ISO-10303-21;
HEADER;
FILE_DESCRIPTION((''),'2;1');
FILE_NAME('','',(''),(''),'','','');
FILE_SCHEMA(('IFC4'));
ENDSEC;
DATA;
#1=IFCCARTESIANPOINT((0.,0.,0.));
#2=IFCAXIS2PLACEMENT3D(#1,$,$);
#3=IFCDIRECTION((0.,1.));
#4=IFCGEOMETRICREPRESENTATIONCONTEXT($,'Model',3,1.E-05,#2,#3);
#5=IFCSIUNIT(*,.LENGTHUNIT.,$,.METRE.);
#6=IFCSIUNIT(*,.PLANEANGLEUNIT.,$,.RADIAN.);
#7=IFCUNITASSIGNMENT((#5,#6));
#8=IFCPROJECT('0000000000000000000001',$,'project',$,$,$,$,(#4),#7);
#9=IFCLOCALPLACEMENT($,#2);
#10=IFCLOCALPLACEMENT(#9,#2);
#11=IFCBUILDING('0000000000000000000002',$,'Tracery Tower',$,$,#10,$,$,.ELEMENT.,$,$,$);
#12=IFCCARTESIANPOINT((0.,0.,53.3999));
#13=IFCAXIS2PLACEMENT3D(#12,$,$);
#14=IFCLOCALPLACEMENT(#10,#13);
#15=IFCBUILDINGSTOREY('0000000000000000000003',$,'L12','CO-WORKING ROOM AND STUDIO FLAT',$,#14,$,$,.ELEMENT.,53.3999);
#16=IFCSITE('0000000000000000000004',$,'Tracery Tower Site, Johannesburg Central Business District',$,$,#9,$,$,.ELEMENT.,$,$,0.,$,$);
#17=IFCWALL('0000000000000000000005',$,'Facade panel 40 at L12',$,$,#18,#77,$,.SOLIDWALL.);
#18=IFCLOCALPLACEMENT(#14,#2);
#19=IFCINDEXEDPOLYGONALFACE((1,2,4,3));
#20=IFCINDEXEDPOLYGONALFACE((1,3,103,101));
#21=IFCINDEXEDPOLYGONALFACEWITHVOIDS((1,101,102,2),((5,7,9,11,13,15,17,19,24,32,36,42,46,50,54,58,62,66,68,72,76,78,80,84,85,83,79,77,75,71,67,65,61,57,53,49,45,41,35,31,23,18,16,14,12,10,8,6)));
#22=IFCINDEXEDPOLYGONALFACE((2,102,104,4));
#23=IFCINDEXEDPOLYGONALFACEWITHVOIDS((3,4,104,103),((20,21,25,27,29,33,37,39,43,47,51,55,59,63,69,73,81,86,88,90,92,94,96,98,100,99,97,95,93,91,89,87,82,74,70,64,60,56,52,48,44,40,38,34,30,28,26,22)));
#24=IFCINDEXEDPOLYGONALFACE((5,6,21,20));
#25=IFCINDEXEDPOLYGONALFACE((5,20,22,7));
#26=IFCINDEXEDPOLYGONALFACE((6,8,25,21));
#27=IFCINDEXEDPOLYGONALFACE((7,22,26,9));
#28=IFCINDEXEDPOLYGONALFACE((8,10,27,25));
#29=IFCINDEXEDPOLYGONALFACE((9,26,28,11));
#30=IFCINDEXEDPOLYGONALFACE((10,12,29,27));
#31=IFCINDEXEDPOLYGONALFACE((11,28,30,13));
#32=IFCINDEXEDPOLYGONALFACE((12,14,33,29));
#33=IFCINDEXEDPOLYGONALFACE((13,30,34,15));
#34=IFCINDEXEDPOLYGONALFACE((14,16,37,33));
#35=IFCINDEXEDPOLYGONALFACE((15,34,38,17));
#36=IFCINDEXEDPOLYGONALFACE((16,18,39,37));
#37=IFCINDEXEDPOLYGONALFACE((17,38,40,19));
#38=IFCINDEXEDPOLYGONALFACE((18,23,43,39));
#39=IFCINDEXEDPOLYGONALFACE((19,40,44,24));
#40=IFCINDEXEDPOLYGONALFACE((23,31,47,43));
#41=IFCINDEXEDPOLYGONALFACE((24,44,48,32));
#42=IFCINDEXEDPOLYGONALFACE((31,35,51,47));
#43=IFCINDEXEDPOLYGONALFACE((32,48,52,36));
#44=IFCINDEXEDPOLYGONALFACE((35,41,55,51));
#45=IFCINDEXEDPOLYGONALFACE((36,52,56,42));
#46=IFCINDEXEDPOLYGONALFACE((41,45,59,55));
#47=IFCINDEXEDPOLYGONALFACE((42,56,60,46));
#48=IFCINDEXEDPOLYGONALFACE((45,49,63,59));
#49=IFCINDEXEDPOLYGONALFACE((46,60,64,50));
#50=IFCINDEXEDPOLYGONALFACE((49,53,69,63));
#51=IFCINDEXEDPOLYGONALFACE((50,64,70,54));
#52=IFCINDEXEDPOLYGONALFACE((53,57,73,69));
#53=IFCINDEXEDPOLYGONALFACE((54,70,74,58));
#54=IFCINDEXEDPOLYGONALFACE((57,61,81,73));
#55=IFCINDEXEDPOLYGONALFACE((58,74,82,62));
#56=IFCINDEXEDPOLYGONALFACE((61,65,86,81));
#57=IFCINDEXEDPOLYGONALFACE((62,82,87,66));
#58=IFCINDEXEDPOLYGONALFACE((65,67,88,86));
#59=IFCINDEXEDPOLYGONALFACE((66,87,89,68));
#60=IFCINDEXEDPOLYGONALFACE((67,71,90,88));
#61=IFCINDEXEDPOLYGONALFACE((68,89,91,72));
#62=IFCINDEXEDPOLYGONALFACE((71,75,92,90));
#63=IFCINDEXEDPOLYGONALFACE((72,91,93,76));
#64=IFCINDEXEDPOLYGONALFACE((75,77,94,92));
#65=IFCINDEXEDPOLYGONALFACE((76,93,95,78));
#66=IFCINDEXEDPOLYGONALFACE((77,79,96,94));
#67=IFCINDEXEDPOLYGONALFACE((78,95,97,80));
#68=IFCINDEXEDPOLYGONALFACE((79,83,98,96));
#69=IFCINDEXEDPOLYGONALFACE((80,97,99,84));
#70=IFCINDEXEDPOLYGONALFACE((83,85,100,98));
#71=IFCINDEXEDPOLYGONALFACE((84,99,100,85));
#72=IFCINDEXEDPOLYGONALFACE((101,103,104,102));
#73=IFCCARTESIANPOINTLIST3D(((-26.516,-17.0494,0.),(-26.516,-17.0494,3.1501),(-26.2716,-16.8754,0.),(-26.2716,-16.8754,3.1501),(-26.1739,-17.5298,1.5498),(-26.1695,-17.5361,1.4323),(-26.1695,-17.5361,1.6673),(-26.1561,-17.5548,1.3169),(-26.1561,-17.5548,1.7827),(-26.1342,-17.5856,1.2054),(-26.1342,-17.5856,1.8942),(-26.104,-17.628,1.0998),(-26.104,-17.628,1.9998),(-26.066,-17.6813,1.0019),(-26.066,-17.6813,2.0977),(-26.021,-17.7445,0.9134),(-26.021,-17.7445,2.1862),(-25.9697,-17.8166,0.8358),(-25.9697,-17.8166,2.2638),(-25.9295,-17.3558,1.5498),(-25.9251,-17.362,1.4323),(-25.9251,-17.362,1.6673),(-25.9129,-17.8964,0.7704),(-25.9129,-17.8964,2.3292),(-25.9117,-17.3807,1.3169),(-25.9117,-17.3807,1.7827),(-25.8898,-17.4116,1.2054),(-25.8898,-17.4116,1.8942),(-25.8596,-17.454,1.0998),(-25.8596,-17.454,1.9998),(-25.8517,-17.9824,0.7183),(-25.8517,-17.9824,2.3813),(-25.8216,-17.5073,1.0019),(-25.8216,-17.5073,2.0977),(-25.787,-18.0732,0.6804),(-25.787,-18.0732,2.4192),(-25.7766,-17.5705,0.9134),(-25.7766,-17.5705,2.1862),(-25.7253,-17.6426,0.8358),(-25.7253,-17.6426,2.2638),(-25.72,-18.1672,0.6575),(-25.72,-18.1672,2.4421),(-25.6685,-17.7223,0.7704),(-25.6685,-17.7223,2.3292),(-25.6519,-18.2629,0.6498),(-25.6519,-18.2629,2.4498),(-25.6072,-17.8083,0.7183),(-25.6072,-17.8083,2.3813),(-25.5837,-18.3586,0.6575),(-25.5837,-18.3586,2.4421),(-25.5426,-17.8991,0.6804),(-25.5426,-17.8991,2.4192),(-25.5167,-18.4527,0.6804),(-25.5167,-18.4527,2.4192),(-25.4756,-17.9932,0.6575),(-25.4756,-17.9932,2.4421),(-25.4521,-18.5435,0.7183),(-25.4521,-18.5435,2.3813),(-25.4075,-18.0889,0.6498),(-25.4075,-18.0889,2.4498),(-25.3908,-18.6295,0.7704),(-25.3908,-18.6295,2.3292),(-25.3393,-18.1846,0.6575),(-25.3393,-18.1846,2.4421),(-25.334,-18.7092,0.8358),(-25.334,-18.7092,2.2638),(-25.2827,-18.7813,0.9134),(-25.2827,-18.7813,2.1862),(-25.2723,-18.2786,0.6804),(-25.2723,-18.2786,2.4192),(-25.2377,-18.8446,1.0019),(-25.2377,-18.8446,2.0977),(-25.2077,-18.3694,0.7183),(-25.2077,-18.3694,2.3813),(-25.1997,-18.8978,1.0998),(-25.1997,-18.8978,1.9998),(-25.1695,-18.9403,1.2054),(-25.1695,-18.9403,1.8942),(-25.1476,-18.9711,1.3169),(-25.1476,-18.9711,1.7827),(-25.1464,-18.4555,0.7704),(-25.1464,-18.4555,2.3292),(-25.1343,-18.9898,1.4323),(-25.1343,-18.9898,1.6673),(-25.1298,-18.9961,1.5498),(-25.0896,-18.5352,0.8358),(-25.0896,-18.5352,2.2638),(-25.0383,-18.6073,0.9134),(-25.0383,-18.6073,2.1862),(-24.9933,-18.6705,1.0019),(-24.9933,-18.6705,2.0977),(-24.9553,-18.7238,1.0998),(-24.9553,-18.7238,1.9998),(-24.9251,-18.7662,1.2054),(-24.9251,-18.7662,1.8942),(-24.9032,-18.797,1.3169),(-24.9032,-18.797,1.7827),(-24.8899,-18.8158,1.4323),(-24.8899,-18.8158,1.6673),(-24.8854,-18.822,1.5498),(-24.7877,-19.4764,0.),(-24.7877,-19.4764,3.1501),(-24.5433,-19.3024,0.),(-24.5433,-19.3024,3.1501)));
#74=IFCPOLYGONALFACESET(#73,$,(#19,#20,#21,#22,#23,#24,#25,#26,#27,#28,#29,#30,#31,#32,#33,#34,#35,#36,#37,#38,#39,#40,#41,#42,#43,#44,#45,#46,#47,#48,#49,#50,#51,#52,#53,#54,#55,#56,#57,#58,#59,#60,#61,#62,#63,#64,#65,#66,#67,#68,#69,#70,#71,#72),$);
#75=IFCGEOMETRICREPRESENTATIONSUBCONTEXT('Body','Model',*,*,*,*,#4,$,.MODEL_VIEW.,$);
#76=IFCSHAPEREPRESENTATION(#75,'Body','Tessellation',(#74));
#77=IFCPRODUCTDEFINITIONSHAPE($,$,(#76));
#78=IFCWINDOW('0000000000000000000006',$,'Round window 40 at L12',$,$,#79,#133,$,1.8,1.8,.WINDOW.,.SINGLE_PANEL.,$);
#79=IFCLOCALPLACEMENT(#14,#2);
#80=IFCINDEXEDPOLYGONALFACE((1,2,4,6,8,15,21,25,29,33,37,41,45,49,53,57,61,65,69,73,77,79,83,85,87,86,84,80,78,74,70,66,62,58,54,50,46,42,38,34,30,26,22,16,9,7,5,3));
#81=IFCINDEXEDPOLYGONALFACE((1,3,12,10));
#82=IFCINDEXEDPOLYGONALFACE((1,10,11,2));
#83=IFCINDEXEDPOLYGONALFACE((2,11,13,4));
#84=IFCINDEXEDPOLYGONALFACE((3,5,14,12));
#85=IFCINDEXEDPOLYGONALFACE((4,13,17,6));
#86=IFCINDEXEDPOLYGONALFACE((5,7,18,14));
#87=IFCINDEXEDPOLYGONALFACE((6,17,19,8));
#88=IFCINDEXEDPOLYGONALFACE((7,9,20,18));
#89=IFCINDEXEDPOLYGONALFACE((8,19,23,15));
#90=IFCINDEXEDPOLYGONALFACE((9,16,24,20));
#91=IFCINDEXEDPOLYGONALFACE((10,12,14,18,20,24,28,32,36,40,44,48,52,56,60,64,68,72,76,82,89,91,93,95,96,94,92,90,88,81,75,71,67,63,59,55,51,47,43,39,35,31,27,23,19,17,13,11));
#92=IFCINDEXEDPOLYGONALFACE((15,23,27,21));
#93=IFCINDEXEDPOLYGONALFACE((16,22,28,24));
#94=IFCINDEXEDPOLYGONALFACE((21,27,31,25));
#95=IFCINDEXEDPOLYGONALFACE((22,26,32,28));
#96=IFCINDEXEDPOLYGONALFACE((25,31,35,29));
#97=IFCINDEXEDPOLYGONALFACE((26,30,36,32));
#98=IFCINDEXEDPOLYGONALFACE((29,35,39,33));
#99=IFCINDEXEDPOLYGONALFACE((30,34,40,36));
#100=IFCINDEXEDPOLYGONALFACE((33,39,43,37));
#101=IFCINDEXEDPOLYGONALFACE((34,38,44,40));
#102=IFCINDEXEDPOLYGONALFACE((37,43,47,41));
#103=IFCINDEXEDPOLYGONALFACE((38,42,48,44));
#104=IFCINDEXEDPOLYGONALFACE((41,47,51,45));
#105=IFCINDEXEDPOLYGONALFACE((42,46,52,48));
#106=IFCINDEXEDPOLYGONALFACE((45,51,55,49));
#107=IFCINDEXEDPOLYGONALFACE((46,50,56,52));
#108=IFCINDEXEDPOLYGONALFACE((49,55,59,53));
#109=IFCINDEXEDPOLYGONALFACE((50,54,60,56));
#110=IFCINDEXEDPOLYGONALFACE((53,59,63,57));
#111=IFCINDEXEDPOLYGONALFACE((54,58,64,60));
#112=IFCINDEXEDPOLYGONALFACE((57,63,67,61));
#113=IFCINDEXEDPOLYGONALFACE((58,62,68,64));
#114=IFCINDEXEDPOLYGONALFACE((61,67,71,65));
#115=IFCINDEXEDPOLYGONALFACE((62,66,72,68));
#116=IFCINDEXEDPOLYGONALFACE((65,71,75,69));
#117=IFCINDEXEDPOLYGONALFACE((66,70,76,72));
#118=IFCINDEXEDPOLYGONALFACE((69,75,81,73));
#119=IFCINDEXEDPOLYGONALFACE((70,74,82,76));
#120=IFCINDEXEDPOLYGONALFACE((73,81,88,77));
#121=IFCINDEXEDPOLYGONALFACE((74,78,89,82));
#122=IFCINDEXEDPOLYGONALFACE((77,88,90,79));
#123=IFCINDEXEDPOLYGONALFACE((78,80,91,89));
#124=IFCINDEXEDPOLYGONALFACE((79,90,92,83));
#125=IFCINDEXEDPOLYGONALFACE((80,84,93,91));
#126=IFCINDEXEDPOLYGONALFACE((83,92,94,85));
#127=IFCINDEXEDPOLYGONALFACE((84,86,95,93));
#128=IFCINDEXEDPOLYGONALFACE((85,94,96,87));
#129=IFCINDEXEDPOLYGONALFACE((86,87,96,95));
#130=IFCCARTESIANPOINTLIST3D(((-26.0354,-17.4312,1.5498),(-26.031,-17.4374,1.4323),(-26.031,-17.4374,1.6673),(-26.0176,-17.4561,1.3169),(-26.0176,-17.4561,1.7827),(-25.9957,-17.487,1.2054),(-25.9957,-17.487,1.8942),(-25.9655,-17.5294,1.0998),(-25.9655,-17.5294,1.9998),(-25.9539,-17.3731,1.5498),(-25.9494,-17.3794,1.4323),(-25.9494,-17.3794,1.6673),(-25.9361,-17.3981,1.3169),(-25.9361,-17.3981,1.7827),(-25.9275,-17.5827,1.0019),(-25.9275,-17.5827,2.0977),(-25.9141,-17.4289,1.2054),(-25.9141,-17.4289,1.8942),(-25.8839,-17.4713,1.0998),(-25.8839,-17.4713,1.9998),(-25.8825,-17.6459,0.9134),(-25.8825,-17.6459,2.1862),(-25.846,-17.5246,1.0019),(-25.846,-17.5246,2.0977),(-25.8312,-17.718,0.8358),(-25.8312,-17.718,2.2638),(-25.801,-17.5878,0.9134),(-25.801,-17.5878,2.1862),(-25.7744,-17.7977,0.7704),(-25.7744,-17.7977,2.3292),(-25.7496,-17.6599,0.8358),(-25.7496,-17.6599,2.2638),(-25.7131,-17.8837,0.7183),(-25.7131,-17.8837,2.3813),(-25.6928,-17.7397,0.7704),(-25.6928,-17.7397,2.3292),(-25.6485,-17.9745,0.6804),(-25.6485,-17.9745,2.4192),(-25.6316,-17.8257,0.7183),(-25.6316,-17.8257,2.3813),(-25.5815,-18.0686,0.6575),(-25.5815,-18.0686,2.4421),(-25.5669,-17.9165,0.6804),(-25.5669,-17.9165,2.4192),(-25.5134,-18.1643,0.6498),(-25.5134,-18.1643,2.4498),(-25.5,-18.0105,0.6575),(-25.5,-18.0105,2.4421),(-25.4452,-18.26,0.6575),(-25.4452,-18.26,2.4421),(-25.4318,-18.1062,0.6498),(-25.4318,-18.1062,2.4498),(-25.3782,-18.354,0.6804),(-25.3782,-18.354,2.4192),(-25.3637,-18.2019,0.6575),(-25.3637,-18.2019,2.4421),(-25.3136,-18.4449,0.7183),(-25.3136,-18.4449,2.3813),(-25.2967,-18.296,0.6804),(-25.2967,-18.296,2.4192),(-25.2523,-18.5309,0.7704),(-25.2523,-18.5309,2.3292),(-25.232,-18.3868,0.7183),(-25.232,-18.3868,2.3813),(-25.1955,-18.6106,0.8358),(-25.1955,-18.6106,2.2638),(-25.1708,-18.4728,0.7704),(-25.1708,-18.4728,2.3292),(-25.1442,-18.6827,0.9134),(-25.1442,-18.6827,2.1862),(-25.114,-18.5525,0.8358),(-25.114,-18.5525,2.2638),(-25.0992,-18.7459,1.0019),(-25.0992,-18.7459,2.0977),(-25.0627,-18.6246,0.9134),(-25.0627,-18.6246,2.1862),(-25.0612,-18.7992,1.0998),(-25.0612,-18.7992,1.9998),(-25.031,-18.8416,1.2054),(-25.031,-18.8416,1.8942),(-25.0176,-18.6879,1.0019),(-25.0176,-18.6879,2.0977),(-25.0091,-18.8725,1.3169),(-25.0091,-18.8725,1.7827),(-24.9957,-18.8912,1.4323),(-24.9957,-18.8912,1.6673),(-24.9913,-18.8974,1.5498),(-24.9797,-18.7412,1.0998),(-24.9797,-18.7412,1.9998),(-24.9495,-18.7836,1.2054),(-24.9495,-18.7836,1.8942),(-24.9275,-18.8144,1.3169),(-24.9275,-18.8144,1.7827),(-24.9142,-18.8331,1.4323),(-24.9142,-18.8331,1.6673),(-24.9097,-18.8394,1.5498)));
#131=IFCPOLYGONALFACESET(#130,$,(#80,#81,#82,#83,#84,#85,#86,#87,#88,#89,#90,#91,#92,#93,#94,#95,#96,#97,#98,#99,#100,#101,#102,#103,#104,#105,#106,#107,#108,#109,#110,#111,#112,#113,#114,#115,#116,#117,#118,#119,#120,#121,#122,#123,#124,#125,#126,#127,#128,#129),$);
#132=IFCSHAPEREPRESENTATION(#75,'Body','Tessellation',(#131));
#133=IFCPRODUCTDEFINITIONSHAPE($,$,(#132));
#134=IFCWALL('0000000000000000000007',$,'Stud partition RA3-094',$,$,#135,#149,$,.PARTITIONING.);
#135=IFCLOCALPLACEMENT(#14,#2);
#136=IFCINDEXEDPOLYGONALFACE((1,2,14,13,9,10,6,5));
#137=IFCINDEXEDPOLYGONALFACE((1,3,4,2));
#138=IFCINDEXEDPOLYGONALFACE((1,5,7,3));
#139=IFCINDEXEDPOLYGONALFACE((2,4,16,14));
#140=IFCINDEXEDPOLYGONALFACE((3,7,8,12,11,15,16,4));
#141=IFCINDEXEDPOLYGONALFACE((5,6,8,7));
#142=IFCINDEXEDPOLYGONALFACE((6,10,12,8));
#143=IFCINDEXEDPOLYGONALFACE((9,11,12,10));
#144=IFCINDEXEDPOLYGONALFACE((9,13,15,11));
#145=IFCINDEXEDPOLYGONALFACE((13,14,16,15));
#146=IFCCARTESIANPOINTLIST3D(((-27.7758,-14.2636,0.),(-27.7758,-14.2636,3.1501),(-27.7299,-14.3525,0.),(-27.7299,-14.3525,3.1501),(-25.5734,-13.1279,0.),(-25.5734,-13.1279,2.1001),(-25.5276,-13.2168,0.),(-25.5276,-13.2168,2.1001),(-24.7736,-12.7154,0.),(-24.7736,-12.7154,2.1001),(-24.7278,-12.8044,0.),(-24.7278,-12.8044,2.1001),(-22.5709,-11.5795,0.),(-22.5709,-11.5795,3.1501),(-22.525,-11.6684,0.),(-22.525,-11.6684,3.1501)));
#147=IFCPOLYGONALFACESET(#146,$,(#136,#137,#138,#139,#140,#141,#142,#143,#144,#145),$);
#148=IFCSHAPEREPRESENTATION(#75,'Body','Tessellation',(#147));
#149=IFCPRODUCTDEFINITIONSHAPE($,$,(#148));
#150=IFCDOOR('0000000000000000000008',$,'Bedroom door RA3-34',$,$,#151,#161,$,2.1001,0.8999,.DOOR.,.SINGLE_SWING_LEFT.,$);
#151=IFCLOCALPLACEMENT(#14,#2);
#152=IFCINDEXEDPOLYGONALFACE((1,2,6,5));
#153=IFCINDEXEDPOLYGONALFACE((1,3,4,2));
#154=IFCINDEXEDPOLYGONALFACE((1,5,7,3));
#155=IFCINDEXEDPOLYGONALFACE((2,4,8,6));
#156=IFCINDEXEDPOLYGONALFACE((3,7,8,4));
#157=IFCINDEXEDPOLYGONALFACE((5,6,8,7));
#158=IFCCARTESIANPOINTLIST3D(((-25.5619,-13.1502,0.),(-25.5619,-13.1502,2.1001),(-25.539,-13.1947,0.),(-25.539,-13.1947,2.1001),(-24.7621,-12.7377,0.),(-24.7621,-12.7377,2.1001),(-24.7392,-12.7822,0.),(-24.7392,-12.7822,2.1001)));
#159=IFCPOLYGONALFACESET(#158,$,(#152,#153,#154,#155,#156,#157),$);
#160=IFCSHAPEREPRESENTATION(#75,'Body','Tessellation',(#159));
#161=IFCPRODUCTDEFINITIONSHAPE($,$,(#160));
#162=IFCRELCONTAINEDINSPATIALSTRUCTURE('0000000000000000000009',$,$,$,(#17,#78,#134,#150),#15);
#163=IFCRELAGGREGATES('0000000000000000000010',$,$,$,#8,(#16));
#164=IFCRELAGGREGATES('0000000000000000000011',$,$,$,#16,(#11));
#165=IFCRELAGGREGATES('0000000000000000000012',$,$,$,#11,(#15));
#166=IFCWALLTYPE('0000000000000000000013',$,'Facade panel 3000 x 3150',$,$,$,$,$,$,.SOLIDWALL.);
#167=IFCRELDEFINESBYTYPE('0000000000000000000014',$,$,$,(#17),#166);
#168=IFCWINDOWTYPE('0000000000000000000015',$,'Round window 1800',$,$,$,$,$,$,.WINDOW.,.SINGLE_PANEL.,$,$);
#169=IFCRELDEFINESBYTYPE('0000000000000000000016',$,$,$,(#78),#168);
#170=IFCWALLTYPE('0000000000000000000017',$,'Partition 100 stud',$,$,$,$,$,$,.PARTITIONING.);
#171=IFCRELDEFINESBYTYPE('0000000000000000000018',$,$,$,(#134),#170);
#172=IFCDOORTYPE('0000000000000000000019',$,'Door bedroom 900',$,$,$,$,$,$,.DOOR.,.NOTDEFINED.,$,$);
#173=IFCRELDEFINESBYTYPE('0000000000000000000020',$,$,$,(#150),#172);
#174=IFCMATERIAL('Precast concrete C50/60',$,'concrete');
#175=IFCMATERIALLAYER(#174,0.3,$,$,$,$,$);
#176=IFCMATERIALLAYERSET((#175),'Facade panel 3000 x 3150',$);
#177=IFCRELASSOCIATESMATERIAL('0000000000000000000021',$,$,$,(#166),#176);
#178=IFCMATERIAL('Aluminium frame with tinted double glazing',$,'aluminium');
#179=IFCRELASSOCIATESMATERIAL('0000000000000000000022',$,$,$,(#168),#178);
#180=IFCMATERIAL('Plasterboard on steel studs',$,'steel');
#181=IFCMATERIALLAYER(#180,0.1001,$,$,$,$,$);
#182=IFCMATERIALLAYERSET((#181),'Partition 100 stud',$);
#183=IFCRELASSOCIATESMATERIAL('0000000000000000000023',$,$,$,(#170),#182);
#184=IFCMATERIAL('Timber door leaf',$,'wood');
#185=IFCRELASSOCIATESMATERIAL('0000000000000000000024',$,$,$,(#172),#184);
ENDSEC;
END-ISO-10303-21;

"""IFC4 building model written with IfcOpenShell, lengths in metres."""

from ifc_helpers import new_model, si_unit, direction, frame, frame_2d, origin, origin_2d, place, context, subcontext, project, spatial, rectangle, circle, extrude, material, layer, layer_set, type_object, element, fill, save


model = new_model("IFC4")

# Units and contexts
model_context = context("Model", 3, precision=1e-05, world=origin(), true_north=direction((0.0, 1.0)))
body_context = subcontext(model_context, "Body", "Model", "MODEL_VIEW")
ifc_project = project(units=[si_unit("LENGTHUNIT", "METRE"), si_unit("PLANEANGLEUNIT", "RADIAN")], contexts=[model_context])

# Site, building, storey
site_placement = place(None, origin())
site = spatial("IfcSite", under=ifc_project, at=site_placement, Name="Tracery Tower Site, Johannesburg Central Business District", CompositionType="ELEMENT", RefElevation=0.0)
building_placement = place(site_placement, origin())
building = spatial("IfcBuilding", under=site, at=building_placement, Name="Tracery Tower", CompositionType="ELEMENT")
storey_placement = place(building_placement, frame((0.0, 0.0, 53.3999)))
storey = spatial("IfcBuildingStorey", under=building, at=storey_placement, Name="L12", Description="CO-WORKING ROOM AND STUDIO FLAT", CompositionType="ELEMENT", Elevation=53.3999)

# Wall, opening, window
ifc_material_1 = material(Name="Precast concrete C50/60", Category="concrete")
ifc_layer_1 = layer(ifc_material_1, 0.3)
ifc_layer_set_1 = layer_set([ifc_layer_1], Name="Facade panel 3000 x 3150")
wall_type_1 = type_object("IfcWallType", Name="Facade panel 3000 x 3150", PredefinedType="SOLIDWALL", material=ifc_layer_set_1)
ifc_material_2 = material(Name="Aluminium frame with tinted double glazing", Category="aluminium")
window_type = type_object("IfcWindowType", Name="Round window 1800", PartitioningType="SINGLE_PANEL", PredefinedType="WINDOW", material=ifc_material_2)
wall_1_placement = place(storey_placement, frame((-26.3938, -16.9624, 0.0), z_axis=(0.0, 0.0, 1.0), x_axis=(0.580059, -0.814574, 0.0)))
wall_1 = element("IfcWall", 1, at=wall_1_placement, inside=storey, type_object=wall_type_1, Name="Facade panel 40 at L12", PredefinedType="SOLIDWALL", context=body_context, shape_type="SweptSolid", body=[
    extrude(rectangle(XDim=2.9795, YDim=0.3, at=frame_2d((1.4897, 0.0))), origin(), (0.0, 0.0, 1.0), 3.1501),
])
opening_1_placement = place(wall_1_placement, frame((1.4897, 0.0, 1.5498)))
opening_1 = element("IfcOpeningElement", 2, at=opening_1_placement, cuts=wall_1, PredefinedType="OPENING", context=body_context, shape_type="SweptSolid", body=[
    extrude(circle(Radius=0.9, at=origin_2d()), frame((0.0, 0.1599, 0.0), z_axis=(0.0, -1.0, 0.0), x_axis=(1.0, 0.0, 0.0)), (0.0, 0.0, 1.0), 0.3201),
])
window_1_placement = place(opening_1_placement, origin())
window_1 = element("IfcWindow", 3, at=window_1_placement, inside=storey, type_object=window_type, Name="Round window 40 at L12", OverallHeight=1.8, OverallWidth=1.8, PartitioningType="SINGLE_PANEL", PredefinedType="WINDOW", context=body_context, shape_type="SweptSolid", body=[
    extrude(circle(Radius=0.9, at=origin_2d()), frame((0.0, 0.1201, 0.0), z_axis=(0.0, -1.0, 0.0), x_axis=(1.0, 0.0, 0.0)), (0.0, 0.0, 1.0), 0.1001),
])
fill(opening_1, window_1)

# Wall, opening, door
ifc_material_3 = material(Name="Plasterboard on steel studs", Category="steel")
ifc_layer_2 = layer(ifc_material_3, 0.1001)
ifc_layer_set_2 = layer_set([ifc_layer_2], Name="Partition 100 stud")
wall_type_2 = type_object("IfcWallType", Name="Partition 100 stud", PredefinedType="PARTITIONING", material=ifc_layer_set_2)
wall_2_placement = place(storey_placement, frame((-27.7529, -14.3081, 0.0), z_axis=(0.0, 0.0, 1.0), x_axis=(0.88878, 0.458335, 0.0)))
wall_2 = element("IfcWall", 4, at=wall_2_placement, inside=storey, type_object=wall_type_2, Name="Stud partition RA3-094", PredefinedType="PARTITIONING", context=body_context, shape_type="SweptSolid", body=[
    extrude(rectangle(XDim=5.8562, YDim=0.1001, at=frame_2d((2.9282, 0.0))), origin(), (0.0, 0.0, 1.0), 3.1501),
])
opening_2_placement = place(wall_2_placement, frame((2.478, 0.0, 0.0)))
opening_2 = element("IfcOpeningElement", 5, at=opening_2_placement, cuts=wall_2, PredefinedType="OPENING", context=body_context, shape_type="SweptSolid", body=[
    extrude(rectangle(XDim=0.8999, YDim=2.1001, at=frame_2d((0.45, 1.05))), frame((0.0, 0.05, 0.0), z_axis=(0.0, -1.0, 0.0), x_axis=(1.0, 0.0, 0.0)), (0.0, 0.0, 1.0), 0.1001),
])
ifc_material_4 = material(Name="Timber door leaf", Category="wood")
door_type_1 = type_object("IfcDoorType", Name="Door bedroom 900", OperationType="NOTDEFINED", PredefinedType="DOOR", material=ifc_material_4)
door_1_placement = place(opening_2_placement, origin())
door_1 = element("IfcDoor", 6, at=door_1_placement, inside=storey, type_object=door_type_1, Name="Bedroom door RA3-34", OperationType="SINGLE_SWING_LEFT", OverallHeight=2.1001, OverallWidth=0.8999, PredefinedType="DOOR", context=body_context, shape_type="SweptSolid", body=[
    extrude(rectangle(XDim=0.8999, YDim=2.1001, at=frame_2d((0.45, 1.05))), frame((0.0, 0.0249, 0.0), z_axis=(0.0, -1.0, 0.0), x_axis=(1.0, 0.0, 0.0)), (0.0, 0.0, 1.0), 0.05),
])
fill(opening_2, door_1)

save(model, "model.ifc")
